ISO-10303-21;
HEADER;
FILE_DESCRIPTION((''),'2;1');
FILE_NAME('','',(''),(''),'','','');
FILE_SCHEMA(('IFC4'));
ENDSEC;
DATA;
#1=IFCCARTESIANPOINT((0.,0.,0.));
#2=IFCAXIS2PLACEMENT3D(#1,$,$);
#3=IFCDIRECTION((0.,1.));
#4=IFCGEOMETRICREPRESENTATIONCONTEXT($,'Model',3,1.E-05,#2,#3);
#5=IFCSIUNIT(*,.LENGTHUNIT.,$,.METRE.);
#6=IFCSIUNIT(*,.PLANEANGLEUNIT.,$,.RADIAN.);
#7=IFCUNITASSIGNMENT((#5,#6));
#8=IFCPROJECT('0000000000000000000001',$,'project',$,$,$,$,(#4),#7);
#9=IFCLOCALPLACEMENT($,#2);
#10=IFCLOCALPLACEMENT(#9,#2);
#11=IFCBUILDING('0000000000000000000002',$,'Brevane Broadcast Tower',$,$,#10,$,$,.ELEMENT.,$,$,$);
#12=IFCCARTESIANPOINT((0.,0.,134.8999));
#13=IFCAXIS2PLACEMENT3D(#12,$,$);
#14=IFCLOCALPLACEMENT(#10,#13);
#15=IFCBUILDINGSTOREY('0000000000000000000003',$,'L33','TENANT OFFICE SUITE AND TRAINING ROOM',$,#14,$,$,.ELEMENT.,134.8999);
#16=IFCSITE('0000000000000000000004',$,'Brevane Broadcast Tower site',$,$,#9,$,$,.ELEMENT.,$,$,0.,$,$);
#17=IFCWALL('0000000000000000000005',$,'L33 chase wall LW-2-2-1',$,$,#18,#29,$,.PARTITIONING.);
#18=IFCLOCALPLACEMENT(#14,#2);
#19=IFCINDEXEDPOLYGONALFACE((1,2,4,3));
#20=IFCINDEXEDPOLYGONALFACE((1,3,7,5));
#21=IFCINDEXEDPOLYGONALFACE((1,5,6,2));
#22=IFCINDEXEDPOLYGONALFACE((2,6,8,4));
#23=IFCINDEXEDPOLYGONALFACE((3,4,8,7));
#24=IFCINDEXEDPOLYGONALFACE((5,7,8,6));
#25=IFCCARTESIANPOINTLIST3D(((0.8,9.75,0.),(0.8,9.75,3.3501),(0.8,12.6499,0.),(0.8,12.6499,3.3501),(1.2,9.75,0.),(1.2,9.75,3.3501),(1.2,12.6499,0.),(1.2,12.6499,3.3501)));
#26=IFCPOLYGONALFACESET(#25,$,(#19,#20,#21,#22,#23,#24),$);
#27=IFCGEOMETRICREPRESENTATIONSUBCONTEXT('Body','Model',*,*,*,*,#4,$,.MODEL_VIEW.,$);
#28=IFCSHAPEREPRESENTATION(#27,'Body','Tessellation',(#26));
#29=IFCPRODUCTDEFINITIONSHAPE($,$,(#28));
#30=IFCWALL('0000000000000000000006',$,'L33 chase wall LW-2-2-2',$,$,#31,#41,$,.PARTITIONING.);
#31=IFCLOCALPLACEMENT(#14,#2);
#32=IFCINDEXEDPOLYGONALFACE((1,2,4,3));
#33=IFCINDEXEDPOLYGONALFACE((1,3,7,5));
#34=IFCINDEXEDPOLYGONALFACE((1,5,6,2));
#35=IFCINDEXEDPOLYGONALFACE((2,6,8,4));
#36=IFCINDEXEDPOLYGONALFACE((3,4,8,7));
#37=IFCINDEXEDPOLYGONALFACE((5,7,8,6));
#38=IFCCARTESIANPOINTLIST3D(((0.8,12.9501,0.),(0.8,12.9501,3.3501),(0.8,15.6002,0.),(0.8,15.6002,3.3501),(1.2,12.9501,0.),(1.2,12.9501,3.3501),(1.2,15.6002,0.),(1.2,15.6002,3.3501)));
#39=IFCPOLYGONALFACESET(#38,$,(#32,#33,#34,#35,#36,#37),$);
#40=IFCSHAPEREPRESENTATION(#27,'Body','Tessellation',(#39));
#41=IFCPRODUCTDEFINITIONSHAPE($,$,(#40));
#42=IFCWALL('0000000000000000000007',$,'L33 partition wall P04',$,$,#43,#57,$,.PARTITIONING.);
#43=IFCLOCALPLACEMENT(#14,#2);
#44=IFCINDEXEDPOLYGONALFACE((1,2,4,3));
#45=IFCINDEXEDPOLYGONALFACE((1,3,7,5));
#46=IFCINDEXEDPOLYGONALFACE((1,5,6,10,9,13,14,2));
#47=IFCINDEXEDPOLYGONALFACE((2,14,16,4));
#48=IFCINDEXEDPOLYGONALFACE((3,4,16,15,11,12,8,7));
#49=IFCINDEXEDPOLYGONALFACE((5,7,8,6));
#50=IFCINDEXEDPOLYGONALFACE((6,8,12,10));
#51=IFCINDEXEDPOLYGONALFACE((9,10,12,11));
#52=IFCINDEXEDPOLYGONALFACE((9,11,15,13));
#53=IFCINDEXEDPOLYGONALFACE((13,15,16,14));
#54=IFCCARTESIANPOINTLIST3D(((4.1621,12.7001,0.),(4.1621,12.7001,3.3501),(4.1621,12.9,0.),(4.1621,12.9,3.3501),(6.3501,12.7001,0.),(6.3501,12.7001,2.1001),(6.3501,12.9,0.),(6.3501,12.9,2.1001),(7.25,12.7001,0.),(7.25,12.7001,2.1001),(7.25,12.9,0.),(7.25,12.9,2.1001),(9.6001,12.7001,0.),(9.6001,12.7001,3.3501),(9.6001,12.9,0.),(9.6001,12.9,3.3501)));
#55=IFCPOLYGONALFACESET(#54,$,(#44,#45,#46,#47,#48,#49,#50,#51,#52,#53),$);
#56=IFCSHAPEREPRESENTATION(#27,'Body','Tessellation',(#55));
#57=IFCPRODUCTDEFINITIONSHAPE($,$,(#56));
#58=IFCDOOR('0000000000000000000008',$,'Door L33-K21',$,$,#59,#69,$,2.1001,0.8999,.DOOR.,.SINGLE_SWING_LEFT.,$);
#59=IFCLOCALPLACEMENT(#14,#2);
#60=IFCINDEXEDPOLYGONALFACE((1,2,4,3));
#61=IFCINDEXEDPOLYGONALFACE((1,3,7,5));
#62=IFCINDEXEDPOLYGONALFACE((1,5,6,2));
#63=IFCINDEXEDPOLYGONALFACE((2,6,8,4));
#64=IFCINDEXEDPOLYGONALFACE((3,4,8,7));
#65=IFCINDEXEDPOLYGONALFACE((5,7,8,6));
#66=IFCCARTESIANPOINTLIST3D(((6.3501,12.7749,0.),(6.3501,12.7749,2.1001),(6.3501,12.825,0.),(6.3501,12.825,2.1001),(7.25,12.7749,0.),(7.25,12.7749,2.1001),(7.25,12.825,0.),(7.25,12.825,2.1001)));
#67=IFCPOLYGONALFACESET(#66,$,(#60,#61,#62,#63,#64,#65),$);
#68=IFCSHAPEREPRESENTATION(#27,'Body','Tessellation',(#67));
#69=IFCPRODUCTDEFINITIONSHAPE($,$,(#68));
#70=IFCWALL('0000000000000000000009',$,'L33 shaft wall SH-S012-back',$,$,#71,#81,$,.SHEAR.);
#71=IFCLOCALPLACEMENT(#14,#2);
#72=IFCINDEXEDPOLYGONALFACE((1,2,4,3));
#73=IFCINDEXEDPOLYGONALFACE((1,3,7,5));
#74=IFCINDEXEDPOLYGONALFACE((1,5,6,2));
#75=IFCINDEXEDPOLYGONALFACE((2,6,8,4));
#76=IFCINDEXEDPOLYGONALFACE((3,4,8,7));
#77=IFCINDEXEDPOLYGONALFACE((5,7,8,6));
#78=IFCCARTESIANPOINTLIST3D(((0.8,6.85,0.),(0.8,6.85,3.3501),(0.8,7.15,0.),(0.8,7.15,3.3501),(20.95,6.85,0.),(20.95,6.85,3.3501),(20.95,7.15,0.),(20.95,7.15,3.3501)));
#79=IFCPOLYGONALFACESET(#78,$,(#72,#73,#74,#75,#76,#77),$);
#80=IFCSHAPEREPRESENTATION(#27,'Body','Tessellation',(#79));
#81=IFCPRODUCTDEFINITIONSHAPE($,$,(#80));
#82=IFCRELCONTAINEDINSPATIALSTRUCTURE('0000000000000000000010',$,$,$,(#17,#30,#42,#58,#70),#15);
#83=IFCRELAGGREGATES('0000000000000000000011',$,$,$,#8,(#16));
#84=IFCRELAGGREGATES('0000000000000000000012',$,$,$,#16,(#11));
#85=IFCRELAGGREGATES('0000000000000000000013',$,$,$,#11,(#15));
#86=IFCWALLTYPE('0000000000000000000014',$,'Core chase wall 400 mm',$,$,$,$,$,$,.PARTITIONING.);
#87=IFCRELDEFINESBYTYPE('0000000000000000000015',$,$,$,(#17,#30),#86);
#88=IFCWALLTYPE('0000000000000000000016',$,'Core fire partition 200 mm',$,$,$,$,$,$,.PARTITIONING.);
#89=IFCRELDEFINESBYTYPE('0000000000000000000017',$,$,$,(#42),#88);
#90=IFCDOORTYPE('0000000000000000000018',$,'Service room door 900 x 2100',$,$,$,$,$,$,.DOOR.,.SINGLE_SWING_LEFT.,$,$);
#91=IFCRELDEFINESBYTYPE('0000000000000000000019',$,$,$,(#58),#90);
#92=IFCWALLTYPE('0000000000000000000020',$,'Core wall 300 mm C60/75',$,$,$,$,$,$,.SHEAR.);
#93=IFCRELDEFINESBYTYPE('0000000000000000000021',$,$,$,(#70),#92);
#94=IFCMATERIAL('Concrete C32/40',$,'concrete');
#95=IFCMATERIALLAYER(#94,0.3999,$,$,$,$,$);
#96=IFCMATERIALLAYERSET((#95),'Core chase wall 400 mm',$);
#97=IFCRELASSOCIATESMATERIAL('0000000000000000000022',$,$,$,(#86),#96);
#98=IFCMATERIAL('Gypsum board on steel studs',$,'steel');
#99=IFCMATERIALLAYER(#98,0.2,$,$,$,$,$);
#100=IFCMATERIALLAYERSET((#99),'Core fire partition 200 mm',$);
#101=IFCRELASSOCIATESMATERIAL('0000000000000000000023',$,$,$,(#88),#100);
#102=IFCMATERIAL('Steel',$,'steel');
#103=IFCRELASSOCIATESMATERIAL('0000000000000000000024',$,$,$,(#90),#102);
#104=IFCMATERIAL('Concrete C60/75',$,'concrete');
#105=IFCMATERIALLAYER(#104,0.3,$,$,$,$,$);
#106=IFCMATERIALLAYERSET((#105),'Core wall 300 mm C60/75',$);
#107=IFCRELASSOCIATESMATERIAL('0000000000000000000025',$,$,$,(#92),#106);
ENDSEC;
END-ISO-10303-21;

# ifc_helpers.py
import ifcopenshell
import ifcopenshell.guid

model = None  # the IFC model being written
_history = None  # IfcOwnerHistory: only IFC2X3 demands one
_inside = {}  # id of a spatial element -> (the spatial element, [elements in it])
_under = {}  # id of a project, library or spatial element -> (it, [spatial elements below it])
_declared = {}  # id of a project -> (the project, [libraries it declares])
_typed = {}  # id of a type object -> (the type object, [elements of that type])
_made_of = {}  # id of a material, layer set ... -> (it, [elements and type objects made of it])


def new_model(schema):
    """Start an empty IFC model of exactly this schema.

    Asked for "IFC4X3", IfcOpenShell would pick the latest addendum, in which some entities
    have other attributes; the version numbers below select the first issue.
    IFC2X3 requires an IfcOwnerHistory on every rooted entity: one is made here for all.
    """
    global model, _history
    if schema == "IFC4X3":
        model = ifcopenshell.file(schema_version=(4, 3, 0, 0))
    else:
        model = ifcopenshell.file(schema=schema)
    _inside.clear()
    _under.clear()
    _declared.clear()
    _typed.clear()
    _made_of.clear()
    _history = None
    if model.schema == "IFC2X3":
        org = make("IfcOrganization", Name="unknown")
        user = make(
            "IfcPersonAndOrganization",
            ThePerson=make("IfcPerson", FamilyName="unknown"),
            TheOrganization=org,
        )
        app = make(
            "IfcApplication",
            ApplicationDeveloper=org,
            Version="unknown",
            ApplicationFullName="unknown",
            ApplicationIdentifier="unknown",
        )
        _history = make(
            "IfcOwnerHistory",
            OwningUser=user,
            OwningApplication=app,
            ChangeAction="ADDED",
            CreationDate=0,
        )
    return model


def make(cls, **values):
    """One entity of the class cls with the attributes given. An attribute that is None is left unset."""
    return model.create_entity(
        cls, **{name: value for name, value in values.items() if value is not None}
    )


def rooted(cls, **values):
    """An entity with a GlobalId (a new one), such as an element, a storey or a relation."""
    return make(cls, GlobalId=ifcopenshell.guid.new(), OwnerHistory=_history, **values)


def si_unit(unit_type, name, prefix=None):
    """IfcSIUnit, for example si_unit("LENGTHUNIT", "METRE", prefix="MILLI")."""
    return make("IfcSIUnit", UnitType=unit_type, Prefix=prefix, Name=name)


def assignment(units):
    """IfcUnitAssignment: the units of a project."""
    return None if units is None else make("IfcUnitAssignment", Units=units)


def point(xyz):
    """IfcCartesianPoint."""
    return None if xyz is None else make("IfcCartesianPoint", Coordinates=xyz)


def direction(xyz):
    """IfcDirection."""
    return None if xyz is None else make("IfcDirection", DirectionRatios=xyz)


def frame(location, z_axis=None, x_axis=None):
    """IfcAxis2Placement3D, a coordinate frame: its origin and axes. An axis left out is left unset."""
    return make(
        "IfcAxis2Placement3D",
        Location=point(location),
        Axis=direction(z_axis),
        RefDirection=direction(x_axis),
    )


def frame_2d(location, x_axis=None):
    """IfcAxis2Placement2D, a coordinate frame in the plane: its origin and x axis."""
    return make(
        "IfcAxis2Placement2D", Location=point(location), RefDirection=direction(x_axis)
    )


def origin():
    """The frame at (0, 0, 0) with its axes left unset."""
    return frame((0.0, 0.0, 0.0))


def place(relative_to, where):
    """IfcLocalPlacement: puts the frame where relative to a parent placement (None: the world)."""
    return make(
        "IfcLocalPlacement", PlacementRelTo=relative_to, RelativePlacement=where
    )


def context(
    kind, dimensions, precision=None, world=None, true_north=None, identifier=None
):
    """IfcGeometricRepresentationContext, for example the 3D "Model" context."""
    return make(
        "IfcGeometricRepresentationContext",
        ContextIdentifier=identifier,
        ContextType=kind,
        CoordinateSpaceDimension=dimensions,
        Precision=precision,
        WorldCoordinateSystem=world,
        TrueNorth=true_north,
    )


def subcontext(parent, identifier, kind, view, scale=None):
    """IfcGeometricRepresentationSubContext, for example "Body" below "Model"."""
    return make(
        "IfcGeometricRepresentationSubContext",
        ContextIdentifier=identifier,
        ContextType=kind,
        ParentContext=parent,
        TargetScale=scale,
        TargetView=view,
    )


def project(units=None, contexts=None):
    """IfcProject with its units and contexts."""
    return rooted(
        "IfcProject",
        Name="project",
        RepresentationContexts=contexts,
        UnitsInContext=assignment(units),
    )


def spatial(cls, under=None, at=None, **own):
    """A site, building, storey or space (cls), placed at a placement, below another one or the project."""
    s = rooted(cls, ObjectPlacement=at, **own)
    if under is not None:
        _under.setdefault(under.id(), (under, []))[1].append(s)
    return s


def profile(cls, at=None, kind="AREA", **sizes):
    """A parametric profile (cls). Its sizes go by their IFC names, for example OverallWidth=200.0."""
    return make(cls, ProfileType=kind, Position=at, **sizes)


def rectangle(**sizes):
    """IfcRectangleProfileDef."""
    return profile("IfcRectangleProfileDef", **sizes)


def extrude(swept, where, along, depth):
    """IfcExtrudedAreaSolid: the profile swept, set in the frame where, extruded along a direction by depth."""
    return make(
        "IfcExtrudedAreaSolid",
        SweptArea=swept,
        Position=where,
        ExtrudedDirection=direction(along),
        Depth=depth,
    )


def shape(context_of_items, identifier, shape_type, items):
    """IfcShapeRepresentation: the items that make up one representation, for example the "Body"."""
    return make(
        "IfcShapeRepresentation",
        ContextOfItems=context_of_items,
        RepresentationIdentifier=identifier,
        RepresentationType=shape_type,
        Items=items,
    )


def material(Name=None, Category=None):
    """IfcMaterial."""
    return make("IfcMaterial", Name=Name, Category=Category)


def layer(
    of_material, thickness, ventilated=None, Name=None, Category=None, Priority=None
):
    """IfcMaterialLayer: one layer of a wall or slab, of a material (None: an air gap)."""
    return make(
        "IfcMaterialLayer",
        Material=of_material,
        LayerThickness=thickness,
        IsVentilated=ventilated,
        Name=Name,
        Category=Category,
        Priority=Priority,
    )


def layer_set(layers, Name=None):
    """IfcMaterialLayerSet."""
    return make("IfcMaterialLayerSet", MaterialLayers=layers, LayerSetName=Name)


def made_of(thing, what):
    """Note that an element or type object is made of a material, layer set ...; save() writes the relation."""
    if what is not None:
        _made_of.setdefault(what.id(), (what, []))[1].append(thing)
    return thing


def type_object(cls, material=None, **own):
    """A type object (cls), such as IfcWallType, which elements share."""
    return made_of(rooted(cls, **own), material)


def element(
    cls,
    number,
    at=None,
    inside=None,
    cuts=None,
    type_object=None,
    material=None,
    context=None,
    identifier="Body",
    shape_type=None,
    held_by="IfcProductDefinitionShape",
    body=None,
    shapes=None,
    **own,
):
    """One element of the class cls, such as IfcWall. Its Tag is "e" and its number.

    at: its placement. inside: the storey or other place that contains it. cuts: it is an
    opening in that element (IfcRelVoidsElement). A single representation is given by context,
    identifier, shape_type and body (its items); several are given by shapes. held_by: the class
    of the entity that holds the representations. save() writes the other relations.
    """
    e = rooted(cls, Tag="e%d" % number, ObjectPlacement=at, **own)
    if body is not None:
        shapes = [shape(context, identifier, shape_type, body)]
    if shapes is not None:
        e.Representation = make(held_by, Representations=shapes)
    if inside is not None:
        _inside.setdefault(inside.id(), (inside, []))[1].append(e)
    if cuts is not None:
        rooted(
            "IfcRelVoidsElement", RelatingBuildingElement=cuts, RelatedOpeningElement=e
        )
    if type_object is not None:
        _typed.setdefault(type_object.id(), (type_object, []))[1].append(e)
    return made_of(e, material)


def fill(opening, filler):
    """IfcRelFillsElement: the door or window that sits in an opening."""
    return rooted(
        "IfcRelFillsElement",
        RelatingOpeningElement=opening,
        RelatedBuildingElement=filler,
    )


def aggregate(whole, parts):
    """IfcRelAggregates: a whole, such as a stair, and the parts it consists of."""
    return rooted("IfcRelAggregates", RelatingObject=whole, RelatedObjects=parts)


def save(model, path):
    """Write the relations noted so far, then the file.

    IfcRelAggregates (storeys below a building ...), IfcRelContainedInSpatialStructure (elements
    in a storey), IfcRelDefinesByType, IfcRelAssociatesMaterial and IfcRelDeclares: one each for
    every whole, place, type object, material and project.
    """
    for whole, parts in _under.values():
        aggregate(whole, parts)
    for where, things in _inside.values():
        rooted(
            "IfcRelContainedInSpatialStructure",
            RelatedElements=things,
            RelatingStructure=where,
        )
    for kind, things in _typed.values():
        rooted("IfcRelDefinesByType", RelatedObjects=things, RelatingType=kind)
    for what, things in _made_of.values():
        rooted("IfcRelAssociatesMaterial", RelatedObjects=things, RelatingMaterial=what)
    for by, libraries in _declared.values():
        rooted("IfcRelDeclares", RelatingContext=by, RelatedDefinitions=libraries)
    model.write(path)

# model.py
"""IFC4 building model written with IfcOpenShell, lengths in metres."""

from ifc_helpers import new_model, si_unit, direction, frame, frame_2d, origin, place, context, subcontext, project, spatial, rectangle, extrude, material, layer, layer_set, type_object, element, fill, save


model = new_model("IFC4")

# Units and contexts
model_context = context("Model", 3, precision=1e-05, world=origin(), true_north=direction((0.0, 1.0)))
body_context = subcontext(model_context, "Body", "Model", "MODEL_VIEW")
ifc_project = project(units=[si_unit("LENGTHUNIT", "METRE"), si_unit("PLANEANGLEUNIT", "RADIAN")], contexts=[model_context])

# Site, building, storey
site_placement = place(None, origin())
site = spatial("IfcSite", under=ifc_project, at=site_placement, Name="Brevane Broadcast Tower site", CompositionType="ELEMENT", RefElevation=0.0)
building_placement = place(site_placement, origin())
building = spatial("IfcBuilding", under=site, at=building_placement, Name="Brevane Broadcast Tower", CompositionType="ELEMENT")
storey_placement = place(building_placement, frame((0.0, 0.0, 134.8999)))
storey = spatial("IfcBuildingStorey", under=building, at=storey_placement, Name="L33", Description="TENANT OFFICE SUITE AND TRAINING ROOM", CompositionType="ELEMENT", Elevation=134.8999)

# Walls
ifc_material_1 = material(Name="Concrete C32/40", Category="concrete")
ifc_layer_1 = layer(ifc_material_1, 0.3999)
ifc_layer_set_1 = layer_set([ifc_layer_1], Name="Core chase wall 400 mm")
wall_type_1 = type_object("IfcWallType", Name="Core chase wall 400 mm", PredefinedType="PARTITIONING", material=ifc_layer_set_1)
wall_1_placement = place(storey_placement, frame((1.0, 9.75, 0.0), z_axis=(0.0, 0.0, 1.0), x_axis=(0.0, 1.0, 0.0)))
element("IfcWall", 1, at=wall_1_placement, inside=storey, type_object=wall_type_1, Name="L33 chase wall LW-2-2-1", PredefinedType="PARTITIONING", context=body_context, shape_type="SweptSolid", body=[
    extrude(rectangle(XDim=2.8999, YDim=0.3999, at=frame_2d((1.45, 0.0))), origin(), (0.0, 0.0, 1.0), 3.3501),
])
wall_2_placement = place(storey_placement, frame((1.0, 12.95, 0.0), z_axis=(0.0, 0.0, 1.0), x_axis=(0.0, 1.0, 0.0)))
element("IfcWall", 2, at=wall_2_placement, inside=storey, type_object=wall_type_1, Name="L33 chase wall LW-2-2-2", PredefinedType="PARTITIONING", context=body_context, shape_type="SweptSolid", body=[
    extrude(rectangle(XDim=2.6501, YDim=0.3999, at=frame_2d((1.3252, 0.0))), origin(), (0.0, 0.0, 1.0), 3.3501),
])

# Wall, opening, door
ifc_material_2 = material(Name="Gypsum board on steel studs", Category="steel")
ifc_layer_2 = layer(ifc_material_2, 0.2)
ifc_layer_set_2 = layer_set([ifc_layer_2], Name="Core fire partition 200 mm")
wall_type_2 = type_object("IfcWallType", Name="Core fire partition 200 mm", PredefinedType="PARTITIONING", material=ifc_layer_set_2)
wall_3_placement = place(storey_placement, frame((4.1621, 12.8, 0.0), z_axis=(0.0, 0.0, 1.0), x_axis=(1.0, 0.0, 0.0)))
wall_3 = element("IfcWall", 3, at=wall_3_placement, inside=storey, type_object=wall_type_2, Name="L33 partition wall P04", PredefinedType="PARTITIONING", context=body_context, shape_type="SweptSolid", body=[
    extrude(rectangle(XDim=5.438, YDim=0.2, at=frame_2d((2.719, 0.0))), origin(), (0.0, 0.0, 1.0), 3.3501),
])
opening_1_placement = place(wall_3_placement, frame((2.188, 0.0, 0.0)))
opening_1 = element("IfcOpeningElement", 4, at=opening_1_placement, cuts=wall_3, PredefinedType="OPENING", context=body_context, shape_type="SweptSolid", body=[
    extrude(rectangle(XDim=0.8999, YDim=2.1001, at=frame_2d((0.45, 1.05))), frame((0.0, 0.1099, 0.0), z_axis=(0.0, -1.0, 0.0), x_axis=(1.0, 0.0, 0.0)), (0.0, 0.0, 1.0), 0.22),
])
ifc_material_3 = material(Name="Steel", Category="steel")
door_type_1 = type_object("IfcDoorType", Name="Service room door 900 x 2100", OperationType="SINGLE_SWING_LEFT", PredefinedType="DOOR", material=ifc_material_3)
door_1_placement = place(opening_1_placement, origin())
door_1 = element("IfcDoor", 5, at=door_1_placement, inside=storey, type_object=door_type_1, Name="Door L33-K21", OperationType="SINGLE_SWING_LEFT", OverallHeight=2.1001, OverallWidth=0.8999, PredefinedType="DOOR", context=body_context, shape_type="SweptSolid", body=[
    extrude(rectangle(XDim=0.8999, YDim=2.1001, at=frame_2d((0.45, 1.05))), frame((0.0, 0.0249, 0.0), z_axis=(0.0, -1.0, 0.0), x_axis=(1.0, 0.0, 0.0)), (0.0, 0.0, 1.0), 0.05),
])
fill(opening_1, door_1)

# Wall
ifc_material_4 = material(Name="Concrete C60/75", Category="concrete")
ifc_layer_3 = layer(ifc_material_4, 0.3)
ifc_layer_set_3 = layer_set([ifc_layer_3], Name="Core wall 300 mm C60/75")
wall_type_3 = type_object("IfcWallType", Name="Core wall 300 mm C60/75", PredefinedType="SHEAR", material=ifc_layer_set_3)
wall_4_placement = place(storey_placement, frame((0.8, 7.0, 0.0), z_axis=(0.0, 0.0, 1.0), x_axis=(1.0, 0.0, 0.0)))
element("IfcWall", 6, at=wall_4_placement, inside=storey, type_object=wall_type_3, Name="L33 shaft wall SH-S012-back", PredefinedType="SHEAR", context=body_context, shape_type="SweptSolid", body=[
    extrude(rectangle(XDim=20.1499, YDim=0.3, at=frame_2d((10.075, 0.0))), origin(), (0.0, 0.0, 1.0), 3.3501),
])

save(model, "model.ifc")
